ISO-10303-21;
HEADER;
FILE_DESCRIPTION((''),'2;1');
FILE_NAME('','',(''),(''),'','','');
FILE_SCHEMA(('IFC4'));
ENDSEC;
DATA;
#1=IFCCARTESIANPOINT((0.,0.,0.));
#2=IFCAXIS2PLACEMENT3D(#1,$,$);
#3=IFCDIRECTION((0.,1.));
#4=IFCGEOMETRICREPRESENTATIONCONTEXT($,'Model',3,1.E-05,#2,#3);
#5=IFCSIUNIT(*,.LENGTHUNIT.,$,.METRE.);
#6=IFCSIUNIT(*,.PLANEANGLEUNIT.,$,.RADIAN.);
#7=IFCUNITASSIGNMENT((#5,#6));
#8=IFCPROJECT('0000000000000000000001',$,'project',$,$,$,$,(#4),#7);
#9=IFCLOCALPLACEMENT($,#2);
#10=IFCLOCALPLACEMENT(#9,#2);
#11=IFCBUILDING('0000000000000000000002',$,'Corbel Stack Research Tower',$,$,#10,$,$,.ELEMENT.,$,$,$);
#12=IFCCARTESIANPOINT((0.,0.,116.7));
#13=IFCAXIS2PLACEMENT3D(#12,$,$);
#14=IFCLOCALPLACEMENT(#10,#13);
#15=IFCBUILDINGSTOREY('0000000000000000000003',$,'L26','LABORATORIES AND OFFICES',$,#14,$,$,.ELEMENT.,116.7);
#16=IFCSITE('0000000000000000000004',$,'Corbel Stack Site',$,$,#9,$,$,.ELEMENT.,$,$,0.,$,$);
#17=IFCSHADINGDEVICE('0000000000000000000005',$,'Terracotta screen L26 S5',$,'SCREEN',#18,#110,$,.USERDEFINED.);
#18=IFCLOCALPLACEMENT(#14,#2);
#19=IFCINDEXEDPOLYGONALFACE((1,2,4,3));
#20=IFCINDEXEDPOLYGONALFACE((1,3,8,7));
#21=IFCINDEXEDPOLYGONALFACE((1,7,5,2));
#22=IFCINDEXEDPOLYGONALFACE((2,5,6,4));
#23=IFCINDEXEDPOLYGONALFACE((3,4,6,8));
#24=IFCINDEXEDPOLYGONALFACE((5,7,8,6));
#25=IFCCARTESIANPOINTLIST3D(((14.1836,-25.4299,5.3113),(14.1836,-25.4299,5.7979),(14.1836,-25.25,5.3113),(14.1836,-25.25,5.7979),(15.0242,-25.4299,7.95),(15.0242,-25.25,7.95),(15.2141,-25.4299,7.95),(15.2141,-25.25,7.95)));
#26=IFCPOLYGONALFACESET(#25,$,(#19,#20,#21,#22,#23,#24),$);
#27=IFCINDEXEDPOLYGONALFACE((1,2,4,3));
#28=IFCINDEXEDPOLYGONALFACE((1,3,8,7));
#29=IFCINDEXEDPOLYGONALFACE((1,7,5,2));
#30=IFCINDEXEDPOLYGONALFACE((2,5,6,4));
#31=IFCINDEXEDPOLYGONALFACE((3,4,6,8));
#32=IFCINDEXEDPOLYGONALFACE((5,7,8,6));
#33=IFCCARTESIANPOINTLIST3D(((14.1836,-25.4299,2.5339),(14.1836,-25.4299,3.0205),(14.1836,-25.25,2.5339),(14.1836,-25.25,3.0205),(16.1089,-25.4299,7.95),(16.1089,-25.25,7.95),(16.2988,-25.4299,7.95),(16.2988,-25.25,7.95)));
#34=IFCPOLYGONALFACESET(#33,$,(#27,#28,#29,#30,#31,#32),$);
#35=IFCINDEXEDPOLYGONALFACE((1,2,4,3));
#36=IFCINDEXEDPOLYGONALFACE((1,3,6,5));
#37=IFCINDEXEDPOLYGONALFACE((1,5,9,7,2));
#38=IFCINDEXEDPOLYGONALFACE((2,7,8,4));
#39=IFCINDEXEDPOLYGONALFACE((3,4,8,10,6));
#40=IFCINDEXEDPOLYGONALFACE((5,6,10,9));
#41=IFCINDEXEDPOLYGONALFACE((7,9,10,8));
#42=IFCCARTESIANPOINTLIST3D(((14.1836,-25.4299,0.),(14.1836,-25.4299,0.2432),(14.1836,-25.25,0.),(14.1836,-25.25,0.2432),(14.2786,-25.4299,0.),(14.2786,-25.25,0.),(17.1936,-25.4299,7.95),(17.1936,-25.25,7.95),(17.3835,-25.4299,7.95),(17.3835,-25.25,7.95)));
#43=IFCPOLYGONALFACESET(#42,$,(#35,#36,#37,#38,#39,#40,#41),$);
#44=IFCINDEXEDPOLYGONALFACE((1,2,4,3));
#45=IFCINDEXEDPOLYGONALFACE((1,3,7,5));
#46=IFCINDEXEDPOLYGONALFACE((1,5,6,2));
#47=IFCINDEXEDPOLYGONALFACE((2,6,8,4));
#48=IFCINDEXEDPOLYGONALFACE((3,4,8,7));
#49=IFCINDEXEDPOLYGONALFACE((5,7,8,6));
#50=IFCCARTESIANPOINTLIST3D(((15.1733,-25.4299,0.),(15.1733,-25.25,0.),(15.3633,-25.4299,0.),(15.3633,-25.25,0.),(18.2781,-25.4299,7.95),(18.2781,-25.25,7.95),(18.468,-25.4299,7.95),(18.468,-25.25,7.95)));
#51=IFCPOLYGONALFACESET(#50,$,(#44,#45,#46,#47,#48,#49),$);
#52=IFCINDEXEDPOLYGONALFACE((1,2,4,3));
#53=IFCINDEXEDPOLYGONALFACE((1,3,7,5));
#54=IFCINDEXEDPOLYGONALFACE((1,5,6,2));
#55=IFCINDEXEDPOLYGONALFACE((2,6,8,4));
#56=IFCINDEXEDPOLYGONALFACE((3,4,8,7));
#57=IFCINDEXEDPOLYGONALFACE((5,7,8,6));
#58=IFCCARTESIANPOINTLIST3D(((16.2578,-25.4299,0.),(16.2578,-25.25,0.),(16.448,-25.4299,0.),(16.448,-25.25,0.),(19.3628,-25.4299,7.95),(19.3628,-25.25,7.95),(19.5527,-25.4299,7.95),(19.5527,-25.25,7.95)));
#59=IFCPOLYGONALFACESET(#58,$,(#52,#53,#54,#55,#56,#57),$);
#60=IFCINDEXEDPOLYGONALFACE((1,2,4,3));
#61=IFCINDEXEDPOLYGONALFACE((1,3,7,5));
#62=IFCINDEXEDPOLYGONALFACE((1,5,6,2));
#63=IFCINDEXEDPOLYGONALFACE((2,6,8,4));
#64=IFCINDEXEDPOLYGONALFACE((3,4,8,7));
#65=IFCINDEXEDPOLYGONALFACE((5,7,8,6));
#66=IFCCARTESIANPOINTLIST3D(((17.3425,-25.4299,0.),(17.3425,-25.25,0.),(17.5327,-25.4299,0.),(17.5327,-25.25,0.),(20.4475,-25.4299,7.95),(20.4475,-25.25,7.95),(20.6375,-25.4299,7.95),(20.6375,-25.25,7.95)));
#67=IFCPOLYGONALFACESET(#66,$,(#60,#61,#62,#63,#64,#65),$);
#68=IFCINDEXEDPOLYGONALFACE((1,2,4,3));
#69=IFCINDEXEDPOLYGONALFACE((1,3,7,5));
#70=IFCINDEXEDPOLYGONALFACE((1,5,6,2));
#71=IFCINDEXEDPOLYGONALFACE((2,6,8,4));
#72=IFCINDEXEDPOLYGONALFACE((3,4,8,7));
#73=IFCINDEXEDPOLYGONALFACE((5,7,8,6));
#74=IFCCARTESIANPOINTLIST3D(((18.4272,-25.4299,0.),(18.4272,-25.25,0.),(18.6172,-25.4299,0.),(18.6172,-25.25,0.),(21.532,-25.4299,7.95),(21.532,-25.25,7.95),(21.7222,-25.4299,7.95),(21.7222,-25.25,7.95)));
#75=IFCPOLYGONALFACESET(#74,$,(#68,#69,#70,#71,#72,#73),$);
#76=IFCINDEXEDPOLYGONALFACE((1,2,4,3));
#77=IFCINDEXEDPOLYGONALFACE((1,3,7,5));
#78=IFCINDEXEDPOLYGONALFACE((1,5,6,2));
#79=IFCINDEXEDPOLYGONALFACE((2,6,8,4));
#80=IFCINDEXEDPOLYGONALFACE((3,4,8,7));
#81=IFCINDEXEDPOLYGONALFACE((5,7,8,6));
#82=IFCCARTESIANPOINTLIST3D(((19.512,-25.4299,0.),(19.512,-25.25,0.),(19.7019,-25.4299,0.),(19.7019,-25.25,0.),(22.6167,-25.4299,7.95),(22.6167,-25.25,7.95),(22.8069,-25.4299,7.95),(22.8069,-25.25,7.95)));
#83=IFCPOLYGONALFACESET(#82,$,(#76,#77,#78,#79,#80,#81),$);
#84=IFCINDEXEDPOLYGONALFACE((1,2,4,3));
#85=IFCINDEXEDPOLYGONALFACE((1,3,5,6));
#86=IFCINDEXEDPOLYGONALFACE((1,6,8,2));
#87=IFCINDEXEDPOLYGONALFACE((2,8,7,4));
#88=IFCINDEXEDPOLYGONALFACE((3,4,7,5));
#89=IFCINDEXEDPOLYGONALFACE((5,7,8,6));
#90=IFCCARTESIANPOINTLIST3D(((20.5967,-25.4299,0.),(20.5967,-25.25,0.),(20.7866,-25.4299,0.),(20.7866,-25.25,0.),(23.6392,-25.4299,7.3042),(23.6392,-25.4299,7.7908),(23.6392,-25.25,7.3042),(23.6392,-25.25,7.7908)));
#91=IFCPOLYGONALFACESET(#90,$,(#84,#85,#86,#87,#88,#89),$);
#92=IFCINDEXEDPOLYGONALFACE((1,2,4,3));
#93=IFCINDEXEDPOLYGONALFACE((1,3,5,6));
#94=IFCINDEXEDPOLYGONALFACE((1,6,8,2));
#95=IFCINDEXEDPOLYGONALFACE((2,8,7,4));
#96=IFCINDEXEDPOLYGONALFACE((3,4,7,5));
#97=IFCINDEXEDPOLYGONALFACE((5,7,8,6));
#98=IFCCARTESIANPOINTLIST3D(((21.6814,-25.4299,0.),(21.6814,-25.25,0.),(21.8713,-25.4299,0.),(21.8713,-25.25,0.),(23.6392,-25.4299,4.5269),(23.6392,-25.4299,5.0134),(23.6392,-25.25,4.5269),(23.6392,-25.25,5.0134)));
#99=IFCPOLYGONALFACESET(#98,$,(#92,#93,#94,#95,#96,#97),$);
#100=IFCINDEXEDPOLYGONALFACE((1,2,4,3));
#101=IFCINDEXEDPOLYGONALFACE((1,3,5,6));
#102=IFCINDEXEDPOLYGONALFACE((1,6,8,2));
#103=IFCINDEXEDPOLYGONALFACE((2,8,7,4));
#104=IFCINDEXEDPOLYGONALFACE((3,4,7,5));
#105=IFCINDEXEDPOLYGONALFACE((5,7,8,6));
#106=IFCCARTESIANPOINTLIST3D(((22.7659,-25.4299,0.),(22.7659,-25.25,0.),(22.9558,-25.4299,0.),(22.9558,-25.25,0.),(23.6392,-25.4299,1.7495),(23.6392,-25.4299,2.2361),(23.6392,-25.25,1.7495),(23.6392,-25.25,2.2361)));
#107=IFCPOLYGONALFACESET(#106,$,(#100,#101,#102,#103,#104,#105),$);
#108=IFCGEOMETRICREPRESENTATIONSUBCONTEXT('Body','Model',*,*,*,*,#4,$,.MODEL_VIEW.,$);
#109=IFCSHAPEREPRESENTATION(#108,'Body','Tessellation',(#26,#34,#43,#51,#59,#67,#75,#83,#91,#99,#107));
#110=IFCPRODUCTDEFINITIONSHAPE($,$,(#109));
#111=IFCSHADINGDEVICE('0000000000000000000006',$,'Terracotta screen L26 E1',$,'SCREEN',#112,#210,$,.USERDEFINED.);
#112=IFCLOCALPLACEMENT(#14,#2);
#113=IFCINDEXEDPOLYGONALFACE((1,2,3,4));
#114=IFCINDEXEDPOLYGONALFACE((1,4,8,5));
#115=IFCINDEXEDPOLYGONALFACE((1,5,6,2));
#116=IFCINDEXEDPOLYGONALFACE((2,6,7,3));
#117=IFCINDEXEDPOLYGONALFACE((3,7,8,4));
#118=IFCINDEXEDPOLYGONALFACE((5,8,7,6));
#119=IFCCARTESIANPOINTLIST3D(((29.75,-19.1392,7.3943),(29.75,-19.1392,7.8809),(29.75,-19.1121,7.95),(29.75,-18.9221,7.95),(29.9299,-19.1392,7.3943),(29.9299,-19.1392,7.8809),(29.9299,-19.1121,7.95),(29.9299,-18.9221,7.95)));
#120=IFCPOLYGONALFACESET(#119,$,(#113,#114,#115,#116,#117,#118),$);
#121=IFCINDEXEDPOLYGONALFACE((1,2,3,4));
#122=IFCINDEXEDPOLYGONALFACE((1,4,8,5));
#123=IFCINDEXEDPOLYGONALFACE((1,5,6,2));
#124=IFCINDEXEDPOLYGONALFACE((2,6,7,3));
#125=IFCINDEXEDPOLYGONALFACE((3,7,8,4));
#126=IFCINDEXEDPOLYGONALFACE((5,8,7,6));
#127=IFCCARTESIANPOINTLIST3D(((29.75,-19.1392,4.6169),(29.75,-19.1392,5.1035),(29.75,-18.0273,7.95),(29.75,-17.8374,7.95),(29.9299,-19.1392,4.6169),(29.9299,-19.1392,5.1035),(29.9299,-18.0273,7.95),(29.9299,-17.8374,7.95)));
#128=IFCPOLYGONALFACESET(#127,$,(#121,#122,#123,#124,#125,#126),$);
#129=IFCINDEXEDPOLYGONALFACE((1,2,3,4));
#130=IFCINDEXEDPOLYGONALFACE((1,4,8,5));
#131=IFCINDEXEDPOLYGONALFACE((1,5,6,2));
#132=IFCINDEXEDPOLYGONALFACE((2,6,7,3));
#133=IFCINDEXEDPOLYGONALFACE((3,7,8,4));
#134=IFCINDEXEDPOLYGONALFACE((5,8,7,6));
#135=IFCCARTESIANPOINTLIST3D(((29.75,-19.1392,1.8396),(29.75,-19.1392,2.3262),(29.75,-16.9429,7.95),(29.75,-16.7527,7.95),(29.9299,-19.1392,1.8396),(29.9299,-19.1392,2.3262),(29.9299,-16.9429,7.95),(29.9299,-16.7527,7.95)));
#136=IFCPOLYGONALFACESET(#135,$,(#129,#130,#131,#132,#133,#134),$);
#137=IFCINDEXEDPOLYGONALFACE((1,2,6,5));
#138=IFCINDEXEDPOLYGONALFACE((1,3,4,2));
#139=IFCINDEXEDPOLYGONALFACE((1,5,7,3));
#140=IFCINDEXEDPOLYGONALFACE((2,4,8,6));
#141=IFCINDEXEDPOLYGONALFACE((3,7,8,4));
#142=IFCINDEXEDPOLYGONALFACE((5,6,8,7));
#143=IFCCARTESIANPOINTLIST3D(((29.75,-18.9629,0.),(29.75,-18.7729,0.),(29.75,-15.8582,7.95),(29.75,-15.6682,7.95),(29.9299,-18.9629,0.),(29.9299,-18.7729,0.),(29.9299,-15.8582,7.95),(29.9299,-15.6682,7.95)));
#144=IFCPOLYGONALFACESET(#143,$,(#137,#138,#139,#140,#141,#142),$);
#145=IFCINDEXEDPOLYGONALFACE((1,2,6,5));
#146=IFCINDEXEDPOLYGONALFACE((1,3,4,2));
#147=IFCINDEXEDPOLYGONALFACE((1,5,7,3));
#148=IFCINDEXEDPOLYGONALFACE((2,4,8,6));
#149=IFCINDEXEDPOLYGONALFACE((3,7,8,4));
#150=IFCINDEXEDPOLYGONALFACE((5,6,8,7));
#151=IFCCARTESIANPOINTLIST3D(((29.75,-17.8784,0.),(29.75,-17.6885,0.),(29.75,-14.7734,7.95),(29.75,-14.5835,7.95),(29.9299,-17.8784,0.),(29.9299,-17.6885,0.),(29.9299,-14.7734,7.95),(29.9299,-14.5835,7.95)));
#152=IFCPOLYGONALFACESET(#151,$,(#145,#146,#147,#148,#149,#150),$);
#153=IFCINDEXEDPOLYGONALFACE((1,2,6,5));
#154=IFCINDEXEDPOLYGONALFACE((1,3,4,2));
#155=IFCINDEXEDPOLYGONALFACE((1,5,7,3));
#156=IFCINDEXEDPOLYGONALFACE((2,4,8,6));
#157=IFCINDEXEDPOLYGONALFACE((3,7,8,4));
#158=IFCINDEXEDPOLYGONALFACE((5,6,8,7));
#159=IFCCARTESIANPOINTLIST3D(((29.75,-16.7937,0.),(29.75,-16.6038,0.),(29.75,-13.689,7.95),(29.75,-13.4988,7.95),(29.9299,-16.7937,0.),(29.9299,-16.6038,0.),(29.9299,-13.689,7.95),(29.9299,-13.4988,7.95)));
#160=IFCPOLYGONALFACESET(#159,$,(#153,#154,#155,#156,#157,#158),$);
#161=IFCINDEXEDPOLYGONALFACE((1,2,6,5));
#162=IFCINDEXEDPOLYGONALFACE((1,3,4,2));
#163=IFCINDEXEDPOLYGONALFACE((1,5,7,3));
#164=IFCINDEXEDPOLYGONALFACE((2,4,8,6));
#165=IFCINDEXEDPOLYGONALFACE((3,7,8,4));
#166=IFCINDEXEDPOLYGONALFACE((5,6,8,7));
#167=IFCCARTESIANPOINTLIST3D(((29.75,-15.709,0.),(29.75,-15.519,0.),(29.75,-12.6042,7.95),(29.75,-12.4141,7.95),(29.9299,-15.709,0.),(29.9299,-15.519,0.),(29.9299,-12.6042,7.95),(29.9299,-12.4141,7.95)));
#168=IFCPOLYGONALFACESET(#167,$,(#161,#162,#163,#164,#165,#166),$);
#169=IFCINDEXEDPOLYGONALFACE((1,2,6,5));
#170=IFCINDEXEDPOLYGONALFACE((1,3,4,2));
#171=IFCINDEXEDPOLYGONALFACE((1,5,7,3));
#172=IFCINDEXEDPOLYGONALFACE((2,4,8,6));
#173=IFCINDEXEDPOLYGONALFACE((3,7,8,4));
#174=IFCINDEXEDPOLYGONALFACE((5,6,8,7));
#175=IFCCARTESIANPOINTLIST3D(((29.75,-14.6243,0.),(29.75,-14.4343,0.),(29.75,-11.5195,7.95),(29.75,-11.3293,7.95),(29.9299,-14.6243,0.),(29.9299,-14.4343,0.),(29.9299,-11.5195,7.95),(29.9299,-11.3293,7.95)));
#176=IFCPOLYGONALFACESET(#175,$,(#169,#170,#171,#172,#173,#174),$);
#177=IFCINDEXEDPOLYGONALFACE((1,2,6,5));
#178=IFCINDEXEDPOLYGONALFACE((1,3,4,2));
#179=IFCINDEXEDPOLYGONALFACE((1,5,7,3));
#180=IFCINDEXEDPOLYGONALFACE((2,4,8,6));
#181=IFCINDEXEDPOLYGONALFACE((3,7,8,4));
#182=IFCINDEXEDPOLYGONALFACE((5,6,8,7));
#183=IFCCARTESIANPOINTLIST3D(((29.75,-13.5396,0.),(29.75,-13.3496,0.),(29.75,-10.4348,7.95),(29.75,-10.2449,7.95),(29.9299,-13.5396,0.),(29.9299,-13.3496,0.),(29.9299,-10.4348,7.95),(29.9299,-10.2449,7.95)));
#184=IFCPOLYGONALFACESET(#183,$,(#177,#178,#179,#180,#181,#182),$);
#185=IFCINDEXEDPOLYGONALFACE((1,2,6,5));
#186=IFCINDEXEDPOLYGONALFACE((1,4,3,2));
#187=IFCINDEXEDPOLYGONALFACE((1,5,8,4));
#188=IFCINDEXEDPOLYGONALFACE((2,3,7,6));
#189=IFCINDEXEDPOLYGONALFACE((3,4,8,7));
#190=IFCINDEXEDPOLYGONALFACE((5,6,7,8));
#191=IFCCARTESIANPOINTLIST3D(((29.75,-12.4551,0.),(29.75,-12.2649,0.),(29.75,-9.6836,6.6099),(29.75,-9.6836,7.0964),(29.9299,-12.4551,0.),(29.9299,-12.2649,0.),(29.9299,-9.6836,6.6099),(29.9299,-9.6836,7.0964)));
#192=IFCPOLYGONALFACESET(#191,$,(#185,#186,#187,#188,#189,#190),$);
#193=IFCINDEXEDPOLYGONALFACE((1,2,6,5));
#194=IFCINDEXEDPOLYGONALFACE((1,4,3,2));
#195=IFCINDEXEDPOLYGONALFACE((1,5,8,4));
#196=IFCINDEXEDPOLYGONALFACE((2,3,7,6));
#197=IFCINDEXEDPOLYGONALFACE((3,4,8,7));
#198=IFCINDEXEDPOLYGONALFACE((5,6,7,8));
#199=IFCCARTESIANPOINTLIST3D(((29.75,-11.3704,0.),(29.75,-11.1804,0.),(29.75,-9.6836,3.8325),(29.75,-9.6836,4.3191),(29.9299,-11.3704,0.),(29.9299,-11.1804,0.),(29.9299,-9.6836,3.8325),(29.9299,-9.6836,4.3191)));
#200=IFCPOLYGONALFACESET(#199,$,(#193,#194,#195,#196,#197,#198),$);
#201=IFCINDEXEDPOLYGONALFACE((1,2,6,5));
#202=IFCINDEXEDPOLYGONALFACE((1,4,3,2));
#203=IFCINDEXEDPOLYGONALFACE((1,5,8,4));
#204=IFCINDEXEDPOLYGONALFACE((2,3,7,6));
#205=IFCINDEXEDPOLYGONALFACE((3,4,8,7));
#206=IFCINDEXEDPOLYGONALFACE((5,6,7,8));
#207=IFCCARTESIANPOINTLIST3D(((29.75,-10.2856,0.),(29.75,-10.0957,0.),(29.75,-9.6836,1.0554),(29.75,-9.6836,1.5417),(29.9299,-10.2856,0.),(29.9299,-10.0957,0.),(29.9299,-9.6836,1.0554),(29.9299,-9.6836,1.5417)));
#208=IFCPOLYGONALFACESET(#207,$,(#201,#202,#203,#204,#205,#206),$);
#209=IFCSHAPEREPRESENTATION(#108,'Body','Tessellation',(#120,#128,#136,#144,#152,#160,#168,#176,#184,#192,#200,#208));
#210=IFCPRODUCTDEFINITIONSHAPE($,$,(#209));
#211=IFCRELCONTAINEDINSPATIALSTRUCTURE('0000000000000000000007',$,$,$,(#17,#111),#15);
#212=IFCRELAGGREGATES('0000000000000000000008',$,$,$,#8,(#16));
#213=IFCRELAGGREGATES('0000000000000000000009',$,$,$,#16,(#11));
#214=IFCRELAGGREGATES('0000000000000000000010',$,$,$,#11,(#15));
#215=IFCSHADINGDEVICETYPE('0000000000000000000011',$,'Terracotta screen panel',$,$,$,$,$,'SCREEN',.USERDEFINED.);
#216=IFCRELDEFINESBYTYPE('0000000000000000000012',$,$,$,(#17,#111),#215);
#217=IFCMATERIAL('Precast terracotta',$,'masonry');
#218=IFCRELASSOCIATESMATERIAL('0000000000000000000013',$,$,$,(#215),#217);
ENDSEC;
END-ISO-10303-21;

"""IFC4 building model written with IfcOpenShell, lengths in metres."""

from ifc_helpers import new_model, si_unit, direction, frame, origin, place, context, subcontext, project, spatial, polyline, outline, extrude, source, transform, mapped, material, type_object, element, save


model = new_model("IFC4")

# Units and contexts
model_context = context("Model", 3, precision=1e-05, world=origin(), true_north=direction((0.0, 1.0)))
body_context = subcontext(model_context, "Body", "Model", "MODEL_VIEW")
ifc_project = project(units=[si_unit("LENGTHUNIT", "METRE"), si_unit("PLANEANGLEUNIT", "RADIAN")], contexts=[model_context])

# Site, building, storey
site_placement = place(None, origin())
site = spatial("IfcSite", under=ifc_project, at=site_placement, Name="Corbel Stack Site", CompositionType="ELEMENT", RefElevation=0.0)
building_placement = place(site_placement, origin())
building = spatial("IfcBuilding", under=site, at=building_placement, Name="Corbel Stack Research Tower", CompositionType="ELEMENT")
storey_placement = place(building_placement, frame((0.0, 0.0, 116.7)))
storey = spatial("IfcBuildingStorey", under=building, at=storey_placement, Name="L26", Description="LABORATORIES AND OFFICES", CompositionType="ELEMENT", Elevation=116.7)

# Shading devices
ifc_material_1 = material(Name="Precast terracotta", Category="masonry")
shading_device_type = type_object("IfcShadingDeviceType", Name="Terracotta screen panel", ElementType="SCREEN", PredefinedType="USERDEFINED", material=ifc_material_1)
shared_shape_1 = source(origin(), body_context, "Body", "SweptSolid", [
    extrude(outline(polyline([(1.0305, 7.95), (0.8406, 7.95), (0.0, 5.7979), (0.0, 5.3113), (1.0305, 7.95)])), frame((0.0, 0.0, 0.0), z_axis=(0.0, -1.0, 0.0), x_axis=(1.0, 0.0, 0.0)), (0.0, 0.0, 1.0), 0.1799),
    extrude(outline(polyline([(2.1152, 7.95), (1.9253, 7.95), (0.0, 3.0205), (0.0, 2.5339), (2.1152, 7.95)])), frame((0.0, 0.0, 0.0), z_axis=(0.0, -1.0, 0.0), x_axis=(1.0, 0.0, 0.0)), (0.0, 0.0, 1.0), 0.1799),
    extrude(outline(polyline([(0.095, 0.0), (3.2, 7.95), (3.01, 7.95), (0.0, 0.2432), (0.0, 0.0), (0.095, 0.0)])), frame((0.0, 0.0, 0.0), z_axis=(0.0, -1.0, 0.0), x_axis=(1.0, 0.0, 0.0)), (0.0, 0.0, 1.0), 0.1799),
    extrude(outline(polyline([(1.1797, 0.0), (4.2844, 7.95), (4.0945, 7.95), (0.9897, 0.0), (1.1797, 0.0)])), frame((0.0, 0.0, 0.0), z_axis=(0.0, -1.0, 0.0), x_axis=(1.0, 0.0, 0.0)), (0.0, 0.0, 1.0), 0.1799),
    extrude(outline(polyline([(2.2644, 0.0), (5.3691, 7.95), (5.1792, 7.95), (2.0742, 0.0), (2.2644, 0.0)])), frame((0.0, 0.0, 0.0), z_axis=(0.0, -1.0, 0.0), x_axis=(1.0, 0.0, 0.0)), (0.0, 0.0, 1.0), 0.1799),
    extrude(outline(polyline([(3.3491, 0.0), (6.4539, 7.95), (6.2639, 7.95), (3.1589, 0.0), (3.3491, 0.0)])), frame((0.0, 0.0, 0.0), z_axis=(0.0, -1.0, 0.0), x_axis=(1.0, 0.0, 0.0)), (0.0, 0.0, 1.0), 0.1799),
    extrude(outline(polyline([(4.4336, 0.0), (7.5386, 7.95), (7.3484, 7.95), (4.2437, 0.0), (4.4336, 0.0)])), frame((0.0, 0.0, 0.0), z_axis=(0.0, -1.0, 0.0), x_axis=(1.0, 0.0, 0.0)), (0.0, 0.0, 1.0), 0.1799),
    extrude(outline(polyline([(5.5183, 0.0), (8.6233, 7.95), (8.4331, 7.95), (5.3284, 0.0), (5.5183, 0.0)])), frame((0.0, 0.0, 0.0), z_axis=(0.0, -1.0, 0.0), x_axis=(1.0, 0.0, 0.0)), (0.0, 0.0, 1.0), 0.1799),
    extrude(outline(polyline([(6.603, 0.0), (9.4556, 7.3042), (9.4556, 7.7908), (6.4131, 0.0), (6.603, 0.0)])), frame((0.0, 0.0, 0.0), z_axis=(0.0, -1.0, 0.0), x_axis=(1.0, 0.0, 0.0)), (0.0, 0.0, 1.0), 0.1799),
    extrude(outline(polyline([(7.6877, 0.0), (9.4556, 4.5269), (9.4556, 5.0134), (7.4978, 0.0), (7.6877, 0.0)])), frame((0.0, 0.0, 0.0), z_axis=(0.0, -1.0, 0.0), x_axis=(1.0, 0.0, 0.0)), (0.0, 0.0, 1.0), 0.1799),
    extrude(outline(polyline([(8.7722, 0.0), (9.4556, 1.7495), (9.4556, 2.2361), (8.5823, 0.0), (8.7722, 0.0)])), frame((0.0, 0.0, 0.0), z_axis=(0.0, -1.0, 0.0), x_axis=(1.0, 0.0, 0.0)), (0.0, 0.0, 1.0), 0.1799),
])
shading_device_1_placement = place(storey_placement, frame((14.1836, -25.25, 0.0), z_axis=(0.0, 0.0, 1.0), x_axis=(1.0, 0.0, 0.0)))
element("IfcShadingDevice", 1, at=shading_device_1_placement, inside=storey, type_object=shading_device_type, Name="Terracotta screen L26 S5", ObjectType="SCREEN", PredefinedType="USERDEFINED", context=body_context, shape_type="MappedRepresentation", body=[
    mapped(shared_shape_1, transform((0.0, 0.0, 0.0))),
])
shared_shape_2 = source(origin(), body_context, "Body", "SweptSolid", [
    extrude(outline(polyline([(0.217, 7.95), (0.0271, 7.95), (0.0, 7.8809), (0.0, 7.3943), (0.217, 7.95)])), frame((0.0, 0.0, 0.0), z_axis=(0.0, -1.0, 0.0), x_axis=(1.0, 0.0, 0.0)), (0.0, 0.0, 1.0), 0.1799),
    extrude(outline(polyline([(1.3018, 7.95), (1.1118, 7.95), (0.0, 5.1035), (0.0, 4.6169), (1.3018, 7.95)])), frame((0.0, 0.0, 0.0), z_axis=(0.0, -1.0, 0.0), x_axis=(1.0, 0.0, 0.0)), (0.0, 0.0, 1.0), 0.1799),
    extrude(outline(polyline([(2.3865, 7.95), (2.1963, 7.95), (0.0, 2.3262), (0.0, 1.8396), (2.3865, 7.95)])), frame((0.0, 0.0, 0.0), z_axis=(0.0, -1.0, 0.0), x_axis=(1.0, 0.0, 0.0)), (0.0, 0.0, 1.0), 0.1799),
    extrude(outline(polyline([(0.3662, 0.0), (3.4709, 7.95), (3.281, 7.95), (0.1763, 0.0), (0.3662, 0.0)])), frame((0.0, 0.0, 0.0), z_axis=(0.0, -1.0, 0.0), x_axis=(1.0, 0.0, 0.0)), (0.0, 0.0, 1.0), 0.1799),
    extrude(outline(polyline([(1.4507, 0.0), (4.5557, 7.95), (4.3657, 7.95), (1.2607, 0.0), (1.4507, 0.0)])), frame((0.0, 0.0, 0.0), z_axis=(0.0, -1.0, 0.0), x_axis=(1.0, 0.0, 0.0)), (0.0, 0.0, 1.0), 0.1799),
    extrude(outline(polyline([(2.5354, 0.0), (5.6404, 7.95), (5.4502, 7.95), (2.3455, 0.0), (2.5354, 0.0)])), frame((0.0, 0.0, 0.0), z_axis=(0.0, -1.0, 0.0), x_axis=(1.0, 0.0, 0.0)), (0.0, 0.0, 1.0), 0.1799),
    extrude(outline(polyline([(3.6201, 0.0), (6.7251, 7.95), (6.5349, 7.95), (3.4302, 0.0), (3.6201, 0.0)])), frame((0.0, 0.0, 0.0), z_axis=(0.0, -1.0, 0.0), x_axis=(1.0, 0.0, 0.0)), (0.0, 0.0, 1.0), 0.1799),
    extrude(outline(polyline([(4.7048, 0.0), (7.8098, 7.95), (7.6196, 7.95), (4.5149, 0.0), (4.7048, 0.0)])), frame((0.0, 0.0, 0.0), z_axis=(0.0, -1.0, 0.0), x_axis=(1.0, 0.0, 0.0)), (0.0, 0.0, 1.0), 0.1799),
    extrude(outline(polyline([(5.7896, 0.0), (8.8943, 7.95), (8.7043, 7.95), (5.5996, 0.0), (5.7896, 0.0)])), frame((0.0, 0.0, 0.0), z_axis=(0.0, -1.0, 0.0), x_axis=(1.0, 0.0, 0.0)), (0.0, 0.0, 1.0), 0.1799),
    extrude(outline(polyline([(6.8743, 0.0), (9.4556, 6.6099), (9.4556, 7.0964), (6.6841, 0.0), (6.8743, 0.0)])), frame((0.0, 0.0, 0.0), z_axis=(0.0, -1.0, 0.0), x_axis=(1.0, 0.0, 0.0)), (0.0, 0.0, 1.0), 0.1799),
    extrude(outline(polyline([(7.9587, 0.0), (9.4556, 3.8325), (9.4556, 4.3191), (7.7688, 0.0), (7.9587, 0.0)])), frame((0.0, 0.0, 0.0), z_axis=(0.0, -1.0, 0.0), x_axis=(1.0, 0.0, 0.0)), (0.0, 0.0, 1.0), 0.1799),
    extrude(outline(polyline([(9.0435, 0.0), (9.4556, 1.0554), (9.4556, 1.5417), (8.8535, 0.0), (9.0435, 0.0)])), frame((0.0, 0.0, 0.0), z_axis=(0.0, -1.0, 0.0), x_axis=(1.0, 0.0, 0.0)), (0.0, 0.0, 1.0), 0.1799),
])
shading_device_2_placement = place(storey_placement, frame((29.75, -19.1392, 0.0), z_axis=(0.0, 0.0, 1.0), x_axis=(0.0, 1.0, 0.0)))
element("IfcShadingDevice", 2, at=shading_device_2_placement, inside=storey, type_object=shading_device_type, Name="Terracotta screen L26 E1", ObjectType="SCREEN", PredefinedType="USERDEFINED", context=body_context, shape_type="MappedRepresentation", body=[
    mapped(shared_shape_2, transform((0.0, 0.0, 0.0))),
])

save(model, "model.ifc")
